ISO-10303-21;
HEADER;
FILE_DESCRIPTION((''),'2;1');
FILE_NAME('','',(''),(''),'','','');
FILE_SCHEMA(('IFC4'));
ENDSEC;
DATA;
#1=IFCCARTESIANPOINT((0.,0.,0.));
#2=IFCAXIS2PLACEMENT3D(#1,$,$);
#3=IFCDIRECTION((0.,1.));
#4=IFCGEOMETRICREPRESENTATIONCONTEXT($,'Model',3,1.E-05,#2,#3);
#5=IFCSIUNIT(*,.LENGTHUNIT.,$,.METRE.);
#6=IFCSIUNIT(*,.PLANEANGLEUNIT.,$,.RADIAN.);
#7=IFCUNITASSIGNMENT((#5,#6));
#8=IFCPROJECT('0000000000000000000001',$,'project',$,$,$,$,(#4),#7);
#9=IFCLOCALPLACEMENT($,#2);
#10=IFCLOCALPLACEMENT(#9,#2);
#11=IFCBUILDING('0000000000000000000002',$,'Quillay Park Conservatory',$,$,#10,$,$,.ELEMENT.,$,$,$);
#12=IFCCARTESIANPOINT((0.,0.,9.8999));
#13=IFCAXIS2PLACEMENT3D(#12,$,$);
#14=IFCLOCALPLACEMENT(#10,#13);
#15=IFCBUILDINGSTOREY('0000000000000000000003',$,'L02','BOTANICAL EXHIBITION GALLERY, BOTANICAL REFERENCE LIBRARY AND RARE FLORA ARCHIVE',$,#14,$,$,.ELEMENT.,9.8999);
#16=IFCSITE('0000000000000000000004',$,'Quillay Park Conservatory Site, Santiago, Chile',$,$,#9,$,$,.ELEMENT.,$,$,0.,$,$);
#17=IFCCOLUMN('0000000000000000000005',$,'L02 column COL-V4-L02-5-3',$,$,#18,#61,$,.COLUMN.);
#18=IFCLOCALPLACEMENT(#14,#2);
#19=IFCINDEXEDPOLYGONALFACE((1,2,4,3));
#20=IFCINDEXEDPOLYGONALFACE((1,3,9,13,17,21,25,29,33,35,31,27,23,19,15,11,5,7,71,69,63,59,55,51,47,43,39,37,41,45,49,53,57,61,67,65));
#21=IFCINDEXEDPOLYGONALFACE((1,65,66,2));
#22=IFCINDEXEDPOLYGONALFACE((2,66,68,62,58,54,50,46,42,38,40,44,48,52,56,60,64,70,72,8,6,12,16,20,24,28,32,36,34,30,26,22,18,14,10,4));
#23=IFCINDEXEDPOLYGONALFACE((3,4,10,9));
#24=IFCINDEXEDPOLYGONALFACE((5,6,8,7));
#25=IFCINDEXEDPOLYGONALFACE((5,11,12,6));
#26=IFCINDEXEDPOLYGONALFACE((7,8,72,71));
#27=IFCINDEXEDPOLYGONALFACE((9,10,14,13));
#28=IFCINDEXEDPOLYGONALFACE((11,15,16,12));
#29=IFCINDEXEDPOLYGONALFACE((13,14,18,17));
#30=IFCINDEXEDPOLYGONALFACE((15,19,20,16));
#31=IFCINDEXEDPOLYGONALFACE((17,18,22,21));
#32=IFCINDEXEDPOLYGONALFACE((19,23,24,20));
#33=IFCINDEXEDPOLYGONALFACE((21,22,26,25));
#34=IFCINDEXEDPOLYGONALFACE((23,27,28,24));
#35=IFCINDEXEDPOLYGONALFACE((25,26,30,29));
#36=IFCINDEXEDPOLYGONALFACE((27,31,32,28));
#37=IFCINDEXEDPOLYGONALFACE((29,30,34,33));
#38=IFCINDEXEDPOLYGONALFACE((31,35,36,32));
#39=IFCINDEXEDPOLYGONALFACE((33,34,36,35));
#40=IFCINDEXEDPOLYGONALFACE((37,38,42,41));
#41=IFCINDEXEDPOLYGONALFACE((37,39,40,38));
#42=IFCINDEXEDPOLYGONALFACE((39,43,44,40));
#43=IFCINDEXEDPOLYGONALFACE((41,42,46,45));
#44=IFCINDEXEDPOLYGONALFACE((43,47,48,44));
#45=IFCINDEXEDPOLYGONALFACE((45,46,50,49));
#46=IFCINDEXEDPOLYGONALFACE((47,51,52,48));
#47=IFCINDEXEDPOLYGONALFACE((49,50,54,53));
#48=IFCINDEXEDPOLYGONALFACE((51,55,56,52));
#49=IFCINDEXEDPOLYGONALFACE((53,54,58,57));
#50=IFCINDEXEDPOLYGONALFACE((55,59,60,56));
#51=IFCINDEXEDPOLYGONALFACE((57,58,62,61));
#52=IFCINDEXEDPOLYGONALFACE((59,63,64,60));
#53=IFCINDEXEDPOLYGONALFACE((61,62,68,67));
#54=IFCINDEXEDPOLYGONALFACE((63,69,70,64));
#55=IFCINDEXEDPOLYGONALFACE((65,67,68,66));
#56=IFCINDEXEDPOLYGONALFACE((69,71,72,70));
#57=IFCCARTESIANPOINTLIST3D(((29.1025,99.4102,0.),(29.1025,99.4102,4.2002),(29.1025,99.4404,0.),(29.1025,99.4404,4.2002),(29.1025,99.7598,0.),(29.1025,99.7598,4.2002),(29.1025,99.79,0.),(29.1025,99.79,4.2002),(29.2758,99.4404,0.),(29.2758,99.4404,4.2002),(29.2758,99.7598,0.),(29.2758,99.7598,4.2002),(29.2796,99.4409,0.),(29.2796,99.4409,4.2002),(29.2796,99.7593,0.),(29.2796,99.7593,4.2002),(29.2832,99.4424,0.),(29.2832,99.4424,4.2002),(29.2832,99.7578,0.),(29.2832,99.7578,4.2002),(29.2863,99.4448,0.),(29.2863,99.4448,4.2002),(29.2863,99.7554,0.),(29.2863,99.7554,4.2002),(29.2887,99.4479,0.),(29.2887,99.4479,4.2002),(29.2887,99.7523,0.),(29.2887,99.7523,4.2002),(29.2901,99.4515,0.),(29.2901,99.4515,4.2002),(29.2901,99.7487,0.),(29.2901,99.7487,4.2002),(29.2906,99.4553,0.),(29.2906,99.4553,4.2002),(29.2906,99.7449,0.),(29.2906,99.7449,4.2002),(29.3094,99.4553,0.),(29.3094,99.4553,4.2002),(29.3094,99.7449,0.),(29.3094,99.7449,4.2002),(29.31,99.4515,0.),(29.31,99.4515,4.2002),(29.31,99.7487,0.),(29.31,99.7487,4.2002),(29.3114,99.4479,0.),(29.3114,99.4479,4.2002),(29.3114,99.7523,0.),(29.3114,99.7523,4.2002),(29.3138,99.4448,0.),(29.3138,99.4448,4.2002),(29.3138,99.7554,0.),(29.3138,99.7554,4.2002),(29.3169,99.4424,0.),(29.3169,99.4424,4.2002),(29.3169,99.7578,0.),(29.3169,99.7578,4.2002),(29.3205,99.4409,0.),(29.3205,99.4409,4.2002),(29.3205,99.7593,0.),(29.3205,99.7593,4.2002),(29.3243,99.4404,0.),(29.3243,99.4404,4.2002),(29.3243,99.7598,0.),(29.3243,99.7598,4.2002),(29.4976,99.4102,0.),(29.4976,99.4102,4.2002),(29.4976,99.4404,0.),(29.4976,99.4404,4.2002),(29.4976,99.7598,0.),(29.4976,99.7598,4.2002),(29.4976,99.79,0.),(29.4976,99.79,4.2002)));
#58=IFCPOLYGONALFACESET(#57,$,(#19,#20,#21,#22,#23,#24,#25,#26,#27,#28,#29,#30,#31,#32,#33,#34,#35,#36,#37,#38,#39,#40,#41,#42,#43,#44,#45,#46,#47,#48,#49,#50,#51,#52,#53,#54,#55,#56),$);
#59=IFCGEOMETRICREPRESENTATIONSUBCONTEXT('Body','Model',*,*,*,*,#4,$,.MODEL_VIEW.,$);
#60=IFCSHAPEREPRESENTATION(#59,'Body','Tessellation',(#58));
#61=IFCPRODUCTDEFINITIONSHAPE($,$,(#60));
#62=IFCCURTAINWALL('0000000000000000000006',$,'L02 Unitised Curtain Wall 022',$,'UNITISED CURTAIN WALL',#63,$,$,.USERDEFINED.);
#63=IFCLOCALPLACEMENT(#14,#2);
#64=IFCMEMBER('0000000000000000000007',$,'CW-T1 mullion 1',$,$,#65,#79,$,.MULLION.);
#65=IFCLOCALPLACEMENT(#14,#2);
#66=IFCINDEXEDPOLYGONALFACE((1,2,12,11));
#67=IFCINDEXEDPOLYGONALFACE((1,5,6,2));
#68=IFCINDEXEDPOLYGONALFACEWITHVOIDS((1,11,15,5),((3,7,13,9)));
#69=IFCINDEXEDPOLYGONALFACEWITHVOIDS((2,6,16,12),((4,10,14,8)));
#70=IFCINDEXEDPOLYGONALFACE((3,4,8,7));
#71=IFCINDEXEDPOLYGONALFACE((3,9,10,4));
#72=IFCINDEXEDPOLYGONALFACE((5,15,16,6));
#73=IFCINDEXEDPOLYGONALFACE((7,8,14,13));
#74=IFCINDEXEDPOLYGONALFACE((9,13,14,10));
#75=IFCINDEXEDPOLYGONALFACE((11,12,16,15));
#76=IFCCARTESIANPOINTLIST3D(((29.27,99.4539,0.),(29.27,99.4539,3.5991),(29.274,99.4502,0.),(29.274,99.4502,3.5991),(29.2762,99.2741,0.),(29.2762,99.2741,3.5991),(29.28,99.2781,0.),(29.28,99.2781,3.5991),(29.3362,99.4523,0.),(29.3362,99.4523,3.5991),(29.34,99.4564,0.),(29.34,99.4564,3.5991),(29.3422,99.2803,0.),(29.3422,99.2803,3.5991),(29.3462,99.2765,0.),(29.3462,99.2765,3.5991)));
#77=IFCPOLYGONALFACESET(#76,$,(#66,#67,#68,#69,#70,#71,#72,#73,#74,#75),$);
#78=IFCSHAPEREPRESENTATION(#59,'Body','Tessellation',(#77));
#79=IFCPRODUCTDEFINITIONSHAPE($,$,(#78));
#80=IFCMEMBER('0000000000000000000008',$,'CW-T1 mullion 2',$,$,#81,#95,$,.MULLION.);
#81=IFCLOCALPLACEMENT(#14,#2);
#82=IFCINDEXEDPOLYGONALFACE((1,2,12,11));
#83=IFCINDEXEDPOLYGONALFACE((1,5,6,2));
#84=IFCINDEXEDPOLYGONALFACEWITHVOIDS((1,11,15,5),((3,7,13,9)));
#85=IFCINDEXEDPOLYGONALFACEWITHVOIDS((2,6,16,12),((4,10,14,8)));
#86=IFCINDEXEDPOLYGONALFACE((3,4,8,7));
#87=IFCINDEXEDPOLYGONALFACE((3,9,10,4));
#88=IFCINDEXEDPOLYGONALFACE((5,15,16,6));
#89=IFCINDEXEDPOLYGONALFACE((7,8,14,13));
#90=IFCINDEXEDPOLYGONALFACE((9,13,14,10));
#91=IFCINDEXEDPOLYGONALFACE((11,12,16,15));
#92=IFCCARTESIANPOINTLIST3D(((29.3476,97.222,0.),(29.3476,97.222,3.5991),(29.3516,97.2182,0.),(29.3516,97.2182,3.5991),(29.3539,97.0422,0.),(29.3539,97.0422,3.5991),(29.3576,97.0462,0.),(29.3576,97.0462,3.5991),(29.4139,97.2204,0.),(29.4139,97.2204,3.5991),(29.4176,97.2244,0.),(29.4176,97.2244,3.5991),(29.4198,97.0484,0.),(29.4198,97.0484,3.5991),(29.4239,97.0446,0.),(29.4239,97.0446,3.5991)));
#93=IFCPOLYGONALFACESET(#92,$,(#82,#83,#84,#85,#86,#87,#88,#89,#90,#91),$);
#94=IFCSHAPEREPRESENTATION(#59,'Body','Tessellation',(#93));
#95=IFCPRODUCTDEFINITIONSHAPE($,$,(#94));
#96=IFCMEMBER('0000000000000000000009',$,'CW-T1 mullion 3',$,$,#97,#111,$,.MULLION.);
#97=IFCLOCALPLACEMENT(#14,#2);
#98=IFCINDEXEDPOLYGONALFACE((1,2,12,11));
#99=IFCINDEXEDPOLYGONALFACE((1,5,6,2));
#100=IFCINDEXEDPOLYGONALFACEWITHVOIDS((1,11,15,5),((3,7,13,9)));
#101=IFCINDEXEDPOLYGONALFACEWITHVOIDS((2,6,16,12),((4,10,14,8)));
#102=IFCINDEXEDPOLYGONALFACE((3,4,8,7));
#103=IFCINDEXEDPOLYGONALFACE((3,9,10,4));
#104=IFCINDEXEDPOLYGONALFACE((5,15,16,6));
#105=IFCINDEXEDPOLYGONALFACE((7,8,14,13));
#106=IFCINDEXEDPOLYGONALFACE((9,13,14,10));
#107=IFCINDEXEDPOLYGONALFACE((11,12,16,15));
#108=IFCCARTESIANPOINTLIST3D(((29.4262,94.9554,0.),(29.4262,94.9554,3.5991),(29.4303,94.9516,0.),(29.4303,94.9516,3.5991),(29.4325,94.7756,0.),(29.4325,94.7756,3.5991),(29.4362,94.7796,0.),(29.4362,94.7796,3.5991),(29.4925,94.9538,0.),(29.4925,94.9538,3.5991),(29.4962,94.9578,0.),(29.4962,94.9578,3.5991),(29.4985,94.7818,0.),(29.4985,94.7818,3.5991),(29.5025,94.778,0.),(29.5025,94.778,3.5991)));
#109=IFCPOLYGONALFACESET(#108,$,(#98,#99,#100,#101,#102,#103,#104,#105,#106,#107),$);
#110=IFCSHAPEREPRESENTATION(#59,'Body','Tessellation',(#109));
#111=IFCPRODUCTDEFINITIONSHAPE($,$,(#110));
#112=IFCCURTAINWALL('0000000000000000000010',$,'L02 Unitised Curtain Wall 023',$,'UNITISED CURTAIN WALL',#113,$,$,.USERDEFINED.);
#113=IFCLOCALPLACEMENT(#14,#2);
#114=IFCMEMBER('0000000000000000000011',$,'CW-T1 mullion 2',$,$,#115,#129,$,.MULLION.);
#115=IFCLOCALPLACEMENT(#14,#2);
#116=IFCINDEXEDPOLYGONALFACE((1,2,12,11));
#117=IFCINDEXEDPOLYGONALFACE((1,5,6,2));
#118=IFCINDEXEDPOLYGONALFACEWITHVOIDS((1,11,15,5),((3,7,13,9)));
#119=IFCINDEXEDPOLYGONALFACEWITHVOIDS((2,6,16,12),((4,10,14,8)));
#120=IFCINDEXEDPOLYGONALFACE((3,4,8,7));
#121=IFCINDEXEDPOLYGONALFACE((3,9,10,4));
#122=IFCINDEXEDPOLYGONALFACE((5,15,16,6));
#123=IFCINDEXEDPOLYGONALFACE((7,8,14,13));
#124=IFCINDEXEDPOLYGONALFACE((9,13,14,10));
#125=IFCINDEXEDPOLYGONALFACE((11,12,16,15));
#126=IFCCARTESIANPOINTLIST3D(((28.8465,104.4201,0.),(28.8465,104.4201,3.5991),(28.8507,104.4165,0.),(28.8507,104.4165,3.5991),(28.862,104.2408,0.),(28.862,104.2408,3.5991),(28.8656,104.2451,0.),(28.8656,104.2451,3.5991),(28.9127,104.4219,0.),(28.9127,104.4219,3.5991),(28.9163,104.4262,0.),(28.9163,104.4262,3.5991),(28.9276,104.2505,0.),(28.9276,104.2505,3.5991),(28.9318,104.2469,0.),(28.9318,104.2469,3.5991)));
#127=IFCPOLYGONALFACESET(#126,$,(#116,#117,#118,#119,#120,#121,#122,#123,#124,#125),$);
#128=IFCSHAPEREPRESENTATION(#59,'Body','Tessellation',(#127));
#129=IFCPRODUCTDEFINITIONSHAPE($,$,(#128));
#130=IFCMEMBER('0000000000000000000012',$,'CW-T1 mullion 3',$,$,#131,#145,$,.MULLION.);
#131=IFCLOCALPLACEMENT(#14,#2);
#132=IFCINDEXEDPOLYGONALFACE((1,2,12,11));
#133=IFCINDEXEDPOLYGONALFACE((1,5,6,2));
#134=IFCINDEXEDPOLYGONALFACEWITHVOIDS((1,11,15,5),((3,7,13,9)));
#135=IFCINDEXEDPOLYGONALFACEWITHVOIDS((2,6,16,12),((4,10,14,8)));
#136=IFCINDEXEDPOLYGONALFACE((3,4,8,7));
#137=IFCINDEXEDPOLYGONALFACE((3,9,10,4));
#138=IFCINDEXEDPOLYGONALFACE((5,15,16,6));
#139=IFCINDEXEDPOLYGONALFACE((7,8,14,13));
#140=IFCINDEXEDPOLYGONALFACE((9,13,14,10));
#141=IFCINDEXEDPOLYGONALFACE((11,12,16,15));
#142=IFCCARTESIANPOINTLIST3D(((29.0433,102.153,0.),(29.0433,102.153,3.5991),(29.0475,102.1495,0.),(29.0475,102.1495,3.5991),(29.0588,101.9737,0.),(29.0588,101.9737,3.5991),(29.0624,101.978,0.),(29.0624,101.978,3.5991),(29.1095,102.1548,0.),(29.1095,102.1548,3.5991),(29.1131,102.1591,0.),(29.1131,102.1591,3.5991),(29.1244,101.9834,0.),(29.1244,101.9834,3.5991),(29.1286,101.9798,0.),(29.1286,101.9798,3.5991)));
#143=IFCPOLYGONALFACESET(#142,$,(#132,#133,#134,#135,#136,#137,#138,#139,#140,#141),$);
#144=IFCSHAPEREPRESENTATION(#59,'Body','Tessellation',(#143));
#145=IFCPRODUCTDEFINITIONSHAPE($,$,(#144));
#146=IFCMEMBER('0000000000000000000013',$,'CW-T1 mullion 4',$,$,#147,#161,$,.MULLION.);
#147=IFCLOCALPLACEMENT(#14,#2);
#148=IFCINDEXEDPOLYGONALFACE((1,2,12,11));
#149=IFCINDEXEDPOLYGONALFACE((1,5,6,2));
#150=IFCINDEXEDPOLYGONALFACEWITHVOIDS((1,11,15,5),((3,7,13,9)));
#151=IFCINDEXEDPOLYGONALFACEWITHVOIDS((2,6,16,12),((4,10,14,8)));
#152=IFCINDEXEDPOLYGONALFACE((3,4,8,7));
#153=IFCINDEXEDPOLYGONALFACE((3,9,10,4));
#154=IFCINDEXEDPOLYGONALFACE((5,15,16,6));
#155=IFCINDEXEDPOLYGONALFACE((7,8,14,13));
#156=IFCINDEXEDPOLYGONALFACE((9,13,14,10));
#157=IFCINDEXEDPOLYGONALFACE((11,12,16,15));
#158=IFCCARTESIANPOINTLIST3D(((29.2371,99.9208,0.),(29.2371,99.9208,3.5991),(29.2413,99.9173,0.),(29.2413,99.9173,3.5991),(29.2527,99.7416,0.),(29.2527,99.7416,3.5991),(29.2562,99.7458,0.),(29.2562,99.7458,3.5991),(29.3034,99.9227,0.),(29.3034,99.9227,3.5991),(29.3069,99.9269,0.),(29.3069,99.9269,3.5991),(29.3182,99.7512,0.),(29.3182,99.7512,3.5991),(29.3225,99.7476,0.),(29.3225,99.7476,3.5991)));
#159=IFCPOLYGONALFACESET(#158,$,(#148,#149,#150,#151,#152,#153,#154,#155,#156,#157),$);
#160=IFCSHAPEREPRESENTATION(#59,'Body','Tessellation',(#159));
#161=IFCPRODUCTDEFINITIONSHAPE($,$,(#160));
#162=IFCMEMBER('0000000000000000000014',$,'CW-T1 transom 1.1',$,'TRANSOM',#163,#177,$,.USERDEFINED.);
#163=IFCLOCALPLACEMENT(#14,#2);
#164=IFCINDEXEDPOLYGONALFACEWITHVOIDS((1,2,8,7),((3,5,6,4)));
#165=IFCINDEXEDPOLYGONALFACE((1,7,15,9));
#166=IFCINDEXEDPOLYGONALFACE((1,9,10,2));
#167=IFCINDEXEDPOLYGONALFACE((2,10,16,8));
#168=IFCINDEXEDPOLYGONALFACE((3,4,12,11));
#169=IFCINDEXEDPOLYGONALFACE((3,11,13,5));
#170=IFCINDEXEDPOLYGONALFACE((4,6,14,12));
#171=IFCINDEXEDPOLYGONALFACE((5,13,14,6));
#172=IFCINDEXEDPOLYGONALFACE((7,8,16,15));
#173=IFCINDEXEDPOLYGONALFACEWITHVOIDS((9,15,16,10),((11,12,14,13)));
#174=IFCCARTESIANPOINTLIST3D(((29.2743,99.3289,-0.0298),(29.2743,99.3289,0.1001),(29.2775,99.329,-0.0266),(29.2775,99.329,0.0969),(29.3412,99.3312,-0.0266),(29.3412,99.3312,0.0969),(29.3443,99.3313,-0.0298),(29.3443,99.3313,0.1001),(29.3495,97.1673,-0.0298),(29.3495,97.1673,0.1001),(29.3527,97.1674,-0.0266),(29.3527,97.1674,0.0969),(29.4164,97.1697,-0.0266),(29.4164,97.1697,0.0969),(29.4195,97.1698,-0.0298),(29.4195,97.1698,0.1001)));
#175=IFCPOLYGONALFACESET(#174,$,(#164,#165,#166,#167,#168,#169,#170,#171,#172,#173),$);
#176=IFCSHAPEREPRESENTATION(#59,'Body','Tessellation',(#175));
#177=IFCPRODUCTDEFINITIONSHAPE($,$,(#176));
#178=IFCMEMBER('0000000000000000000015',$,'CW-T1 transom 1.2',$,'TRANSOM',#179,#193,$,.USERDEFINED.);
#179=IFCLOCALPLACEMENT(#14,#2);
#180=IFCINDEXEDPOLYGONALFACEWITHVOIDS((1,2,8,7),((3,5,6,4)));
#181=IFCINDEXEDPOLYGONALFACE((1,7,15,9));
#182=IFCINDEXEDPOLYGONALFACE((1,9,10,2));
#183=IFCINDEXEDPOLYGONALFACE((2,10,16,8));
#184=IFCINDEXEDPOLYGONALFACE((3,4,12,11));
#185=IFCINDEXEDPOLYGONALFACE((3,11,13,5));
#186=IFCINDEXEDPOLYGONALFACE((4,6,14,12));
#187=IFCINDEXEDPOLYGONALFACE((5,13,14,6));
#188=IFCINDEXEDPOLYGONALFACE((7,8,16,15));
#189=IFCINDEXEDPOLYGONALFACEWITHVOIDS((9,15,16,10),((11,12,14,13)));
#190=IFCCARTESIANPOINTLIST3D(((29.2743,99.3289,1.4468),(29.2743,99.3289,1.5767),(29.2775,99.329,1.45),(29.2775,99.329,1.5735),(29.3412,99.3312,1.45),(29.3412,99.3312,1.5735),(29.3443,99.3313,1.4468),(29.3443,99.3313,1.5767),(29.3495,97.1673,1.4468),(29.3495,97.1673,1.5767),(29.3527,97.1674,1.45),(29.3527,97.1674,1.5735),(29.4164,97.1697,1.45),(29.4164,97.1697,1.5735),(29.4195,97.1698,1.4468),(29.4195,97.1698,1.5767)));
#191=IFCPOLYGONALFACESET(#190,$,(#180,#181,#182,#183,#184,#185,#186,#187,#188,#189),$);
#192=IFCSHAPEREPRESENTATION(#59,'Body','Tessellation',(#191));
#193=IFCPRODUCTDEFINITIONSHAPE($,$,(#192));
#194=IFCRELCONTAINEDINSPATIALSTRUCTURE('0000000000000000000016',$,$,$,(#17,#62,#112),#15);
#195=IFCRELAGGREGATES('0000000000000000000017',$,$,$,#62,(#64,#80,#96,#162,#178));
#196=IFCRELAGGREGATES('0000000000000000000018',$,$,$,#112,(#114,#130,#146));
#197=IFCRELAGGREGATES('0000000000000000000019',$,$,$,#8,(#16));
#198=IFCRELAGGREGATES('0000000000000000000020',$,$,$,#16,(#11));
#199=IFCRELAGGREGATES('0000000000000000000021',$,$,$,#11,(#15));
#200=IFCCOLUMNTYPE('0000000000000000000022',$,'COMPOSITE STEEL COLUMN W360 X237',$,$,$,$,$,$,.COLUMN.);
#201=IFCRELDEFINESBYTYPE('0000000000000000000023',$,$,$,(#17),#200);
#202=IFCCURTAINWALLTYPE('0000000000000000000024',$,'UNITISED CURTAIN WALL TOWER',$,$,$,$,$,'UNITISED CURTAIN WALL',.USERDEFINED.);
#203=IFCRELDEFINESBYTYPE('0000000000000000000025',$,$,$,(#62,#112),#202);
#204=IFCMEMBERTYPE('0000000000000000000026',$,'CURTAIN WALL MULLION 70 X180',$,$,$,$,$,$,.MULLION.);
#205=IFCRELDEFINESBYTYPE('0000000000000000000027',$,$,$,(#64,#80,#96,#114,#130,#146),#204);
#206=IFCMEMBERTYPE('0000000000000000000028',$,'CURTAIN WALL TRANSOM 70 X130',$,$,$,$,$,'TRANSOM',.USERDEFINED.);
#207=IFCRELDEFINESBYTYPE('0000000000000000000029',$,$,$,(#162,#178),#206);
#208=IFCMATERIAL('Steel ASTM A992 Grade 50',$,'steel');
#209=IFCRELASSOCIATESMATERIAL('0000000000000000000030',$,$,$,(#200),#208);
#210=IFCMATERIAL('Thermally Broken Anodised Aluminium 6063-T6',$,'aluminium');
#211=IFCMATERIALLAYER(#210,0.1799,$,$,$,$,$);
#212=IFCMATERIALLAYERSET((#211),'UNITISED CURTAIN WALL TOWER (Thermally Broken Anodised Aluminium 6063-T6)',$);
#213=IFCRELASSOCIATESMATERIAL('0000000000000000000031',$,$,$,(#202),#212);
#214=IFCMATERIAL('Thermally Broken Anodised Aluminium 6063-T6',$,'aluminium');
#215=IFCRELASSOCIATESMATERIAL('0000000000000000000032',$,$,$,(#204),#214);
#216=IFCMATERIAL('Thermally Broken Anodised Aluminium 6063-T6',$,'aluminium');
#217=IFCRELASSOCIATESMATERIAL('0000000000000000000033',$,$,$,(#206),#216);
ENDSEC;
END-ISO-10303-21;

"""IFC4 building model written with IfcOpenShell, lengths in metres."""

from ifc_helpers import new_model, si_unit, direction, frame, origin, origin_2d, place, context, subcontext, project, spatial, hollow_rectangle, i_section, extrude, material, layer, layer_set, material_profile, profile_set, type_object, element, aggregate, save


model = new_model("IFC4")

# Units and contexts
model_context = context("Model", 3, precision=1e-05, world=origin(), true_north=direction((0.0, 1.0)))
body_context = subcontext(model_context, "Body", "Model", "MODEL_VIEW")
ifc_project = project(units=[si_unit("LENGTHUNIT", "METRE"), si_unit("PLANEANGLEUNIT", "RADIAN")], contexts=[model_context])

# Site, building, storey
site_placement = place(None, origin())
site = spatial("IfcSite", under=ifc_project, at=site_placement, Name="Quillay Park Conservatory Site, Santiago, Chile", CompositionType="ELEMENT", RefElevation=0.0)
building_placement = place(site_placement, origin())
building = spatial("IfcBuilding", under=site, at=building_placement, Name="Quillay Park Conservatory", CompositionType="ELEMENT")
storey_placement = place(building_placement, frame((0.0, 0.0, 9.8999)))
storey = spatial("IfcBuildingStorey", under=building, at=storey_placement, Name="L02", Description="BOTANICAL EXHIBITION GALLERY, BOTANICAL REFERENCE LIBRARY AND RARE FLORA ARCHIVE", CompositionType="ELEMENT", Elevation=9.8999)

# Column
ifc_material_1 = material(Name="Steel ASTM A992 Grade 50", Category="steel")
ifc_material_profile_1 = material_profile(ifc_material_1, i_section(OverallWidth=0.395, OverallDepth=0.3799, WebThickness=0.0188, FlangeThickness=0.0303, FilletRadius=0.0149, at=origin_2d()), Name="W360x237")
ifc_profile_set_1 = profile_set([ifc_material_profile_1], Name="Steel ASTM A992 Grade 50")
column_type = type_object("IfcColumnType", Name="COMPOSITE STEEL COLUMN W360 X237", PredefinedType="COLUMN", material=ifc_profile_set_1)
column_placement = place(storey_placement, frame((29.3, 99.6001, 0.0), z_axis=(0.0, 0.0, 1.0), x_axis=(1.0, 0.0, 0.0)))
element("IfcColumn", 1, at=column_placement, inside=storey, type_object=column_type, Name="L02 column COL-V4-L02-5-3", PredefinedType="COLUMN", context=body_context, shape_type="SweptSolid", body=[
    extrude(i_section(OverallWidth=0.395, OverallDepth=0.3799, WebThickness=0.0188, FlangeThickness=0.0303, FilletRadius=0.0149, at=origin_2d()), origin(), (0.0, 0.0, 1.0), 4.2002),
])

# Curtain walls, members
ifc_material_2 = material(Name="Thermally Broken Anodised Aluminium 6063-T6", Category="aluminium")
ifc_layer_1 = layer(ifc_material_2, 0.1799)
ifc_layer_set_1 = layer_set([ifc_layer_1], Name="UNITISED CURTAIN WALL TOWER (Thermally Broken Anodised Aluminium 6063-T6)")
curtain_wall_type = type_object("IfcCurtainWallType", Name="UNITISED CURTAIN WALL TOWER", ElementType="UNITISED CURTAIN WALL", PredefinedType="USERDEFINED", material=ifc_layer_set_1)
curtain_wall_1_placement = place(storey_placement, origin())
curtain_wall_1 = element("IfcCurtainWall", 2, at=curtain_wall_1_placement, inside=storey, type_object=curtain_wall_type, Name="L02 Unitised Curtain Wall 022", ObjectType="UNITISED CURTAIN WALL", PredefinedType="USERDEFINED")
ifc_material_3 = material(Name="Thermally Broken Anodised Aluminium 6063-T6", Category="aluminium")
ifc_material_profile_2 = material_profile(ifc_material_3, hollow_rectangle(XDim=0.0701, YDim=0.1799, WallThickness=0.0039, at=origin_2d()), Name="AL70x180x4")
ifc_profile_set_2 = profile_set([ifc_material_profile_2], Name="Thermally Broken Anodised Aluminium 6063-T6")
member_type_1 = type_object("IfcMemberType", Name="CURTAIN WALL MULLION 70 X180", PredefinedType="MULLION", material=ifc_profile_set_2)
member_1_placement = place(storey_placement, frame((29.3081, 99.3652, 0.0), z_axis=(0.0, 0.0, 1.0), x_axis=(0.999397, 0.034713, 0.0)))
member_1 = element("IfcMember", 3, at=member_1_placement, type_object=member_type_1, Name="CW-T1 mullion 1", PredefinedType="MULLION", context=body_context, shape_type="SweptSolid", body=[
    extrude(hollow_rectangle(XDim=0.0701, YDim=0.1799, WallThickness=0.0039, at=origin_2d()), origin(), (0.0, 0.0, 1.0), 3.5991),
])
member_2_placement = place(storey_placement, frame((29.3857, 97.1333, 0.0), z_axis=(0.0, 0.0, 1.0), x_axis=(0.999397, 0.034713, 0.0)))
member_2 = element("IfcMember", 4, at=member_2_placement, type_object=member_type_1, Name="CW-T1 mullion 2", PredefinedType="MULLION", context=body_context, shape_type="SweptSolid", body=[
    extrude(hollow_rectangle(XDim=0.0701, YDim=0.1799, WallThickness=0.0039, at=origin_2d()), origin(), (0.0, 0.0, 1.0), 3.5991),
])
member_3_placement = place(storey_placement, frame((29.4644, 94.8667, 0.0), z_axis=(0.0, 0.0, 1.0), x_axis=(0.999397, 0.034713, 0.0)))
member_3 = element("IfcMember", 5, at=member_3_placement, type_object=member_type_1, Name="CW-T1 mullion 3", PredefinedType="MULLION", context=body_context, shape_type="SweptSolid", body=[
    extrude(hollow_rectangle(XDim=0.0701, YDim=0.1799, WallThickness=0.0039, at=origin_2d()), origin(), (0.0, 0.0, 1.0), 3.5991),
])
curtain_wall_2_placement = place(storey_placement, origin())
curtain_wall_2 = element("IfcCurtainWall", 6, at=curtain_wall_2_placement, inside=storey, type_object=curtain_wall_type, Name="L02 Unitised Curtain Wall 023", ObjectType="UNITISED CURTAIN WALL", PredefinedType="USERDEFINED")
member_4_placement = place(storey_placement, frame((28.8892, 104.3335, 0.0), z_axis=(0.0, 0.0, 1.0), x_axis=(0.996254, 0.08648, 0.0)))
member_4 = element("IfcMember", 7, at=member_4_placement, type_object=member_type_1, Name="CW-T1 mullion 2", PredefinedType="MULLION", context=body_context, shape_type="SweptSolid", body=[
    extrude(hollow_rectangle(XDim=0.0701, YDim=0.1799, WallThickness=0.0039, at=origin_2d()), origin(), (0.0, 0.0, 1.0), 3.5991),
])
member_5_placement = place(storey_placement, frame((29.0859, 102.0664, 0.0), z_axis=(0.0, 0.0, 1.0), x_axis=(0.996254, 0.08648, 0.0)))
member_5 = element("IfcMember", 8, at=member_5_placement, type_object=member_type_1, Name="CW-T1 mullion 3", PredefinedType="MULLION", context=body_context, shape_type="SweptSolid", body=[
    extrude(hollow_rectangle(XDim=0.0701, YDim=0.1799, WallThickness=0.0039, at=origin_2d()), origin(), (0.0, 0.0, 1.0), 3.5991),
])
member_6_placement = place(storey_placement, frame((29.2798, 99.8342, 0.0), z_axis=(0.0, 0.0, 1.0), x_axis=(0.996254, 0.08648, 0.0)))
member_6 = element("IfcMember", 9, at=member_6_placement, type_object=member_type_1, Name="CW-T1 mullion 4", PredefinedType="MULLION", context=body_context, shape_type="SweptSolid", body=[
    extrude(hollow_rectangle(XDim=0.0701, YDim=0.1799, WallThickness=0.0039, at=origin_2d()), origin(), (0.0, 0.0, 1.0), 3.5991),
])

# Members
ifc_material_4 = material(Name="Thermally Broken Anodised Aluminium 6063-T6", Category="aluminium")
ifc_material_profile_3 = material_profile(ifc_material_4, hollow_rectangle(XDim=0.0701, YDim=0.1299, WallThickness=0.0032, at=origin_2d()), Name="AL70x130x3.2")
ifc_profile_set_3 = profile_set([ifc_material_profile_3], Name="Thermally Broken Anodised Aluminium 6063-T6")
member_type_2 = type_object("IfcMemberType", Name="CURTAIN WALL TRANSOM 70 X130", ElementType="TRANSOM", PredefinedType="USERDEFINED", material=ifc_profile_set_3)
member_7_placement = place(storey_placement, frame((29.3093, 99.3301, 0.0352), z_axis=(0.034766, -0.999395, 0.0), x_axis=(0.999395, 0.034766, 0.0)))
member_7 = element("IfcMember", 10, at=member_7_placement, type_object=member_type_2, Name="CW-T1 transom 1.1", ObjectType="TRANSOM", PredefinedType="USERDEFINED", context=body_context, shape_type="SweptSolid", body=[
    extrude(hollow_rectangle(XDim=0.0701, YDim=0.1299, WallThickness=0.0032, at=origin_2d()), origin(), (0.0, 0.0, 1.0), 2.1628),
])
member_8_placement = place(storey_placement, frame((29.3093, 99.3301, 1.5117), z_axis=(0.034766, -0.999395, 0.0), x_axis=(0.999395, 0.034766, 0.0)))
member_8 = element("IfcMember", 11, at=member_8_placement, type_object=member_type_2, Name="CW-T1 transom 1.2", ObjectType="TRANSOM", PredefinedType="USERDEFINED", context=body_context, shape_type="SweptSolid", body=[
    extrude(hollow_rectangle(XDim=0.0701, YDim=0.1299, WallThickness=0.0032, at=origin_2d()), origin(), (0.0, 0.0, 1.0), 2.1628),
])

aggregate(curtain_wall_1, [member_1, member_2, member_3, member_7, member_8])
aggregate(curtain_wall_2, [member_4, member_5, member_6])

save(model, "model.ifc")
